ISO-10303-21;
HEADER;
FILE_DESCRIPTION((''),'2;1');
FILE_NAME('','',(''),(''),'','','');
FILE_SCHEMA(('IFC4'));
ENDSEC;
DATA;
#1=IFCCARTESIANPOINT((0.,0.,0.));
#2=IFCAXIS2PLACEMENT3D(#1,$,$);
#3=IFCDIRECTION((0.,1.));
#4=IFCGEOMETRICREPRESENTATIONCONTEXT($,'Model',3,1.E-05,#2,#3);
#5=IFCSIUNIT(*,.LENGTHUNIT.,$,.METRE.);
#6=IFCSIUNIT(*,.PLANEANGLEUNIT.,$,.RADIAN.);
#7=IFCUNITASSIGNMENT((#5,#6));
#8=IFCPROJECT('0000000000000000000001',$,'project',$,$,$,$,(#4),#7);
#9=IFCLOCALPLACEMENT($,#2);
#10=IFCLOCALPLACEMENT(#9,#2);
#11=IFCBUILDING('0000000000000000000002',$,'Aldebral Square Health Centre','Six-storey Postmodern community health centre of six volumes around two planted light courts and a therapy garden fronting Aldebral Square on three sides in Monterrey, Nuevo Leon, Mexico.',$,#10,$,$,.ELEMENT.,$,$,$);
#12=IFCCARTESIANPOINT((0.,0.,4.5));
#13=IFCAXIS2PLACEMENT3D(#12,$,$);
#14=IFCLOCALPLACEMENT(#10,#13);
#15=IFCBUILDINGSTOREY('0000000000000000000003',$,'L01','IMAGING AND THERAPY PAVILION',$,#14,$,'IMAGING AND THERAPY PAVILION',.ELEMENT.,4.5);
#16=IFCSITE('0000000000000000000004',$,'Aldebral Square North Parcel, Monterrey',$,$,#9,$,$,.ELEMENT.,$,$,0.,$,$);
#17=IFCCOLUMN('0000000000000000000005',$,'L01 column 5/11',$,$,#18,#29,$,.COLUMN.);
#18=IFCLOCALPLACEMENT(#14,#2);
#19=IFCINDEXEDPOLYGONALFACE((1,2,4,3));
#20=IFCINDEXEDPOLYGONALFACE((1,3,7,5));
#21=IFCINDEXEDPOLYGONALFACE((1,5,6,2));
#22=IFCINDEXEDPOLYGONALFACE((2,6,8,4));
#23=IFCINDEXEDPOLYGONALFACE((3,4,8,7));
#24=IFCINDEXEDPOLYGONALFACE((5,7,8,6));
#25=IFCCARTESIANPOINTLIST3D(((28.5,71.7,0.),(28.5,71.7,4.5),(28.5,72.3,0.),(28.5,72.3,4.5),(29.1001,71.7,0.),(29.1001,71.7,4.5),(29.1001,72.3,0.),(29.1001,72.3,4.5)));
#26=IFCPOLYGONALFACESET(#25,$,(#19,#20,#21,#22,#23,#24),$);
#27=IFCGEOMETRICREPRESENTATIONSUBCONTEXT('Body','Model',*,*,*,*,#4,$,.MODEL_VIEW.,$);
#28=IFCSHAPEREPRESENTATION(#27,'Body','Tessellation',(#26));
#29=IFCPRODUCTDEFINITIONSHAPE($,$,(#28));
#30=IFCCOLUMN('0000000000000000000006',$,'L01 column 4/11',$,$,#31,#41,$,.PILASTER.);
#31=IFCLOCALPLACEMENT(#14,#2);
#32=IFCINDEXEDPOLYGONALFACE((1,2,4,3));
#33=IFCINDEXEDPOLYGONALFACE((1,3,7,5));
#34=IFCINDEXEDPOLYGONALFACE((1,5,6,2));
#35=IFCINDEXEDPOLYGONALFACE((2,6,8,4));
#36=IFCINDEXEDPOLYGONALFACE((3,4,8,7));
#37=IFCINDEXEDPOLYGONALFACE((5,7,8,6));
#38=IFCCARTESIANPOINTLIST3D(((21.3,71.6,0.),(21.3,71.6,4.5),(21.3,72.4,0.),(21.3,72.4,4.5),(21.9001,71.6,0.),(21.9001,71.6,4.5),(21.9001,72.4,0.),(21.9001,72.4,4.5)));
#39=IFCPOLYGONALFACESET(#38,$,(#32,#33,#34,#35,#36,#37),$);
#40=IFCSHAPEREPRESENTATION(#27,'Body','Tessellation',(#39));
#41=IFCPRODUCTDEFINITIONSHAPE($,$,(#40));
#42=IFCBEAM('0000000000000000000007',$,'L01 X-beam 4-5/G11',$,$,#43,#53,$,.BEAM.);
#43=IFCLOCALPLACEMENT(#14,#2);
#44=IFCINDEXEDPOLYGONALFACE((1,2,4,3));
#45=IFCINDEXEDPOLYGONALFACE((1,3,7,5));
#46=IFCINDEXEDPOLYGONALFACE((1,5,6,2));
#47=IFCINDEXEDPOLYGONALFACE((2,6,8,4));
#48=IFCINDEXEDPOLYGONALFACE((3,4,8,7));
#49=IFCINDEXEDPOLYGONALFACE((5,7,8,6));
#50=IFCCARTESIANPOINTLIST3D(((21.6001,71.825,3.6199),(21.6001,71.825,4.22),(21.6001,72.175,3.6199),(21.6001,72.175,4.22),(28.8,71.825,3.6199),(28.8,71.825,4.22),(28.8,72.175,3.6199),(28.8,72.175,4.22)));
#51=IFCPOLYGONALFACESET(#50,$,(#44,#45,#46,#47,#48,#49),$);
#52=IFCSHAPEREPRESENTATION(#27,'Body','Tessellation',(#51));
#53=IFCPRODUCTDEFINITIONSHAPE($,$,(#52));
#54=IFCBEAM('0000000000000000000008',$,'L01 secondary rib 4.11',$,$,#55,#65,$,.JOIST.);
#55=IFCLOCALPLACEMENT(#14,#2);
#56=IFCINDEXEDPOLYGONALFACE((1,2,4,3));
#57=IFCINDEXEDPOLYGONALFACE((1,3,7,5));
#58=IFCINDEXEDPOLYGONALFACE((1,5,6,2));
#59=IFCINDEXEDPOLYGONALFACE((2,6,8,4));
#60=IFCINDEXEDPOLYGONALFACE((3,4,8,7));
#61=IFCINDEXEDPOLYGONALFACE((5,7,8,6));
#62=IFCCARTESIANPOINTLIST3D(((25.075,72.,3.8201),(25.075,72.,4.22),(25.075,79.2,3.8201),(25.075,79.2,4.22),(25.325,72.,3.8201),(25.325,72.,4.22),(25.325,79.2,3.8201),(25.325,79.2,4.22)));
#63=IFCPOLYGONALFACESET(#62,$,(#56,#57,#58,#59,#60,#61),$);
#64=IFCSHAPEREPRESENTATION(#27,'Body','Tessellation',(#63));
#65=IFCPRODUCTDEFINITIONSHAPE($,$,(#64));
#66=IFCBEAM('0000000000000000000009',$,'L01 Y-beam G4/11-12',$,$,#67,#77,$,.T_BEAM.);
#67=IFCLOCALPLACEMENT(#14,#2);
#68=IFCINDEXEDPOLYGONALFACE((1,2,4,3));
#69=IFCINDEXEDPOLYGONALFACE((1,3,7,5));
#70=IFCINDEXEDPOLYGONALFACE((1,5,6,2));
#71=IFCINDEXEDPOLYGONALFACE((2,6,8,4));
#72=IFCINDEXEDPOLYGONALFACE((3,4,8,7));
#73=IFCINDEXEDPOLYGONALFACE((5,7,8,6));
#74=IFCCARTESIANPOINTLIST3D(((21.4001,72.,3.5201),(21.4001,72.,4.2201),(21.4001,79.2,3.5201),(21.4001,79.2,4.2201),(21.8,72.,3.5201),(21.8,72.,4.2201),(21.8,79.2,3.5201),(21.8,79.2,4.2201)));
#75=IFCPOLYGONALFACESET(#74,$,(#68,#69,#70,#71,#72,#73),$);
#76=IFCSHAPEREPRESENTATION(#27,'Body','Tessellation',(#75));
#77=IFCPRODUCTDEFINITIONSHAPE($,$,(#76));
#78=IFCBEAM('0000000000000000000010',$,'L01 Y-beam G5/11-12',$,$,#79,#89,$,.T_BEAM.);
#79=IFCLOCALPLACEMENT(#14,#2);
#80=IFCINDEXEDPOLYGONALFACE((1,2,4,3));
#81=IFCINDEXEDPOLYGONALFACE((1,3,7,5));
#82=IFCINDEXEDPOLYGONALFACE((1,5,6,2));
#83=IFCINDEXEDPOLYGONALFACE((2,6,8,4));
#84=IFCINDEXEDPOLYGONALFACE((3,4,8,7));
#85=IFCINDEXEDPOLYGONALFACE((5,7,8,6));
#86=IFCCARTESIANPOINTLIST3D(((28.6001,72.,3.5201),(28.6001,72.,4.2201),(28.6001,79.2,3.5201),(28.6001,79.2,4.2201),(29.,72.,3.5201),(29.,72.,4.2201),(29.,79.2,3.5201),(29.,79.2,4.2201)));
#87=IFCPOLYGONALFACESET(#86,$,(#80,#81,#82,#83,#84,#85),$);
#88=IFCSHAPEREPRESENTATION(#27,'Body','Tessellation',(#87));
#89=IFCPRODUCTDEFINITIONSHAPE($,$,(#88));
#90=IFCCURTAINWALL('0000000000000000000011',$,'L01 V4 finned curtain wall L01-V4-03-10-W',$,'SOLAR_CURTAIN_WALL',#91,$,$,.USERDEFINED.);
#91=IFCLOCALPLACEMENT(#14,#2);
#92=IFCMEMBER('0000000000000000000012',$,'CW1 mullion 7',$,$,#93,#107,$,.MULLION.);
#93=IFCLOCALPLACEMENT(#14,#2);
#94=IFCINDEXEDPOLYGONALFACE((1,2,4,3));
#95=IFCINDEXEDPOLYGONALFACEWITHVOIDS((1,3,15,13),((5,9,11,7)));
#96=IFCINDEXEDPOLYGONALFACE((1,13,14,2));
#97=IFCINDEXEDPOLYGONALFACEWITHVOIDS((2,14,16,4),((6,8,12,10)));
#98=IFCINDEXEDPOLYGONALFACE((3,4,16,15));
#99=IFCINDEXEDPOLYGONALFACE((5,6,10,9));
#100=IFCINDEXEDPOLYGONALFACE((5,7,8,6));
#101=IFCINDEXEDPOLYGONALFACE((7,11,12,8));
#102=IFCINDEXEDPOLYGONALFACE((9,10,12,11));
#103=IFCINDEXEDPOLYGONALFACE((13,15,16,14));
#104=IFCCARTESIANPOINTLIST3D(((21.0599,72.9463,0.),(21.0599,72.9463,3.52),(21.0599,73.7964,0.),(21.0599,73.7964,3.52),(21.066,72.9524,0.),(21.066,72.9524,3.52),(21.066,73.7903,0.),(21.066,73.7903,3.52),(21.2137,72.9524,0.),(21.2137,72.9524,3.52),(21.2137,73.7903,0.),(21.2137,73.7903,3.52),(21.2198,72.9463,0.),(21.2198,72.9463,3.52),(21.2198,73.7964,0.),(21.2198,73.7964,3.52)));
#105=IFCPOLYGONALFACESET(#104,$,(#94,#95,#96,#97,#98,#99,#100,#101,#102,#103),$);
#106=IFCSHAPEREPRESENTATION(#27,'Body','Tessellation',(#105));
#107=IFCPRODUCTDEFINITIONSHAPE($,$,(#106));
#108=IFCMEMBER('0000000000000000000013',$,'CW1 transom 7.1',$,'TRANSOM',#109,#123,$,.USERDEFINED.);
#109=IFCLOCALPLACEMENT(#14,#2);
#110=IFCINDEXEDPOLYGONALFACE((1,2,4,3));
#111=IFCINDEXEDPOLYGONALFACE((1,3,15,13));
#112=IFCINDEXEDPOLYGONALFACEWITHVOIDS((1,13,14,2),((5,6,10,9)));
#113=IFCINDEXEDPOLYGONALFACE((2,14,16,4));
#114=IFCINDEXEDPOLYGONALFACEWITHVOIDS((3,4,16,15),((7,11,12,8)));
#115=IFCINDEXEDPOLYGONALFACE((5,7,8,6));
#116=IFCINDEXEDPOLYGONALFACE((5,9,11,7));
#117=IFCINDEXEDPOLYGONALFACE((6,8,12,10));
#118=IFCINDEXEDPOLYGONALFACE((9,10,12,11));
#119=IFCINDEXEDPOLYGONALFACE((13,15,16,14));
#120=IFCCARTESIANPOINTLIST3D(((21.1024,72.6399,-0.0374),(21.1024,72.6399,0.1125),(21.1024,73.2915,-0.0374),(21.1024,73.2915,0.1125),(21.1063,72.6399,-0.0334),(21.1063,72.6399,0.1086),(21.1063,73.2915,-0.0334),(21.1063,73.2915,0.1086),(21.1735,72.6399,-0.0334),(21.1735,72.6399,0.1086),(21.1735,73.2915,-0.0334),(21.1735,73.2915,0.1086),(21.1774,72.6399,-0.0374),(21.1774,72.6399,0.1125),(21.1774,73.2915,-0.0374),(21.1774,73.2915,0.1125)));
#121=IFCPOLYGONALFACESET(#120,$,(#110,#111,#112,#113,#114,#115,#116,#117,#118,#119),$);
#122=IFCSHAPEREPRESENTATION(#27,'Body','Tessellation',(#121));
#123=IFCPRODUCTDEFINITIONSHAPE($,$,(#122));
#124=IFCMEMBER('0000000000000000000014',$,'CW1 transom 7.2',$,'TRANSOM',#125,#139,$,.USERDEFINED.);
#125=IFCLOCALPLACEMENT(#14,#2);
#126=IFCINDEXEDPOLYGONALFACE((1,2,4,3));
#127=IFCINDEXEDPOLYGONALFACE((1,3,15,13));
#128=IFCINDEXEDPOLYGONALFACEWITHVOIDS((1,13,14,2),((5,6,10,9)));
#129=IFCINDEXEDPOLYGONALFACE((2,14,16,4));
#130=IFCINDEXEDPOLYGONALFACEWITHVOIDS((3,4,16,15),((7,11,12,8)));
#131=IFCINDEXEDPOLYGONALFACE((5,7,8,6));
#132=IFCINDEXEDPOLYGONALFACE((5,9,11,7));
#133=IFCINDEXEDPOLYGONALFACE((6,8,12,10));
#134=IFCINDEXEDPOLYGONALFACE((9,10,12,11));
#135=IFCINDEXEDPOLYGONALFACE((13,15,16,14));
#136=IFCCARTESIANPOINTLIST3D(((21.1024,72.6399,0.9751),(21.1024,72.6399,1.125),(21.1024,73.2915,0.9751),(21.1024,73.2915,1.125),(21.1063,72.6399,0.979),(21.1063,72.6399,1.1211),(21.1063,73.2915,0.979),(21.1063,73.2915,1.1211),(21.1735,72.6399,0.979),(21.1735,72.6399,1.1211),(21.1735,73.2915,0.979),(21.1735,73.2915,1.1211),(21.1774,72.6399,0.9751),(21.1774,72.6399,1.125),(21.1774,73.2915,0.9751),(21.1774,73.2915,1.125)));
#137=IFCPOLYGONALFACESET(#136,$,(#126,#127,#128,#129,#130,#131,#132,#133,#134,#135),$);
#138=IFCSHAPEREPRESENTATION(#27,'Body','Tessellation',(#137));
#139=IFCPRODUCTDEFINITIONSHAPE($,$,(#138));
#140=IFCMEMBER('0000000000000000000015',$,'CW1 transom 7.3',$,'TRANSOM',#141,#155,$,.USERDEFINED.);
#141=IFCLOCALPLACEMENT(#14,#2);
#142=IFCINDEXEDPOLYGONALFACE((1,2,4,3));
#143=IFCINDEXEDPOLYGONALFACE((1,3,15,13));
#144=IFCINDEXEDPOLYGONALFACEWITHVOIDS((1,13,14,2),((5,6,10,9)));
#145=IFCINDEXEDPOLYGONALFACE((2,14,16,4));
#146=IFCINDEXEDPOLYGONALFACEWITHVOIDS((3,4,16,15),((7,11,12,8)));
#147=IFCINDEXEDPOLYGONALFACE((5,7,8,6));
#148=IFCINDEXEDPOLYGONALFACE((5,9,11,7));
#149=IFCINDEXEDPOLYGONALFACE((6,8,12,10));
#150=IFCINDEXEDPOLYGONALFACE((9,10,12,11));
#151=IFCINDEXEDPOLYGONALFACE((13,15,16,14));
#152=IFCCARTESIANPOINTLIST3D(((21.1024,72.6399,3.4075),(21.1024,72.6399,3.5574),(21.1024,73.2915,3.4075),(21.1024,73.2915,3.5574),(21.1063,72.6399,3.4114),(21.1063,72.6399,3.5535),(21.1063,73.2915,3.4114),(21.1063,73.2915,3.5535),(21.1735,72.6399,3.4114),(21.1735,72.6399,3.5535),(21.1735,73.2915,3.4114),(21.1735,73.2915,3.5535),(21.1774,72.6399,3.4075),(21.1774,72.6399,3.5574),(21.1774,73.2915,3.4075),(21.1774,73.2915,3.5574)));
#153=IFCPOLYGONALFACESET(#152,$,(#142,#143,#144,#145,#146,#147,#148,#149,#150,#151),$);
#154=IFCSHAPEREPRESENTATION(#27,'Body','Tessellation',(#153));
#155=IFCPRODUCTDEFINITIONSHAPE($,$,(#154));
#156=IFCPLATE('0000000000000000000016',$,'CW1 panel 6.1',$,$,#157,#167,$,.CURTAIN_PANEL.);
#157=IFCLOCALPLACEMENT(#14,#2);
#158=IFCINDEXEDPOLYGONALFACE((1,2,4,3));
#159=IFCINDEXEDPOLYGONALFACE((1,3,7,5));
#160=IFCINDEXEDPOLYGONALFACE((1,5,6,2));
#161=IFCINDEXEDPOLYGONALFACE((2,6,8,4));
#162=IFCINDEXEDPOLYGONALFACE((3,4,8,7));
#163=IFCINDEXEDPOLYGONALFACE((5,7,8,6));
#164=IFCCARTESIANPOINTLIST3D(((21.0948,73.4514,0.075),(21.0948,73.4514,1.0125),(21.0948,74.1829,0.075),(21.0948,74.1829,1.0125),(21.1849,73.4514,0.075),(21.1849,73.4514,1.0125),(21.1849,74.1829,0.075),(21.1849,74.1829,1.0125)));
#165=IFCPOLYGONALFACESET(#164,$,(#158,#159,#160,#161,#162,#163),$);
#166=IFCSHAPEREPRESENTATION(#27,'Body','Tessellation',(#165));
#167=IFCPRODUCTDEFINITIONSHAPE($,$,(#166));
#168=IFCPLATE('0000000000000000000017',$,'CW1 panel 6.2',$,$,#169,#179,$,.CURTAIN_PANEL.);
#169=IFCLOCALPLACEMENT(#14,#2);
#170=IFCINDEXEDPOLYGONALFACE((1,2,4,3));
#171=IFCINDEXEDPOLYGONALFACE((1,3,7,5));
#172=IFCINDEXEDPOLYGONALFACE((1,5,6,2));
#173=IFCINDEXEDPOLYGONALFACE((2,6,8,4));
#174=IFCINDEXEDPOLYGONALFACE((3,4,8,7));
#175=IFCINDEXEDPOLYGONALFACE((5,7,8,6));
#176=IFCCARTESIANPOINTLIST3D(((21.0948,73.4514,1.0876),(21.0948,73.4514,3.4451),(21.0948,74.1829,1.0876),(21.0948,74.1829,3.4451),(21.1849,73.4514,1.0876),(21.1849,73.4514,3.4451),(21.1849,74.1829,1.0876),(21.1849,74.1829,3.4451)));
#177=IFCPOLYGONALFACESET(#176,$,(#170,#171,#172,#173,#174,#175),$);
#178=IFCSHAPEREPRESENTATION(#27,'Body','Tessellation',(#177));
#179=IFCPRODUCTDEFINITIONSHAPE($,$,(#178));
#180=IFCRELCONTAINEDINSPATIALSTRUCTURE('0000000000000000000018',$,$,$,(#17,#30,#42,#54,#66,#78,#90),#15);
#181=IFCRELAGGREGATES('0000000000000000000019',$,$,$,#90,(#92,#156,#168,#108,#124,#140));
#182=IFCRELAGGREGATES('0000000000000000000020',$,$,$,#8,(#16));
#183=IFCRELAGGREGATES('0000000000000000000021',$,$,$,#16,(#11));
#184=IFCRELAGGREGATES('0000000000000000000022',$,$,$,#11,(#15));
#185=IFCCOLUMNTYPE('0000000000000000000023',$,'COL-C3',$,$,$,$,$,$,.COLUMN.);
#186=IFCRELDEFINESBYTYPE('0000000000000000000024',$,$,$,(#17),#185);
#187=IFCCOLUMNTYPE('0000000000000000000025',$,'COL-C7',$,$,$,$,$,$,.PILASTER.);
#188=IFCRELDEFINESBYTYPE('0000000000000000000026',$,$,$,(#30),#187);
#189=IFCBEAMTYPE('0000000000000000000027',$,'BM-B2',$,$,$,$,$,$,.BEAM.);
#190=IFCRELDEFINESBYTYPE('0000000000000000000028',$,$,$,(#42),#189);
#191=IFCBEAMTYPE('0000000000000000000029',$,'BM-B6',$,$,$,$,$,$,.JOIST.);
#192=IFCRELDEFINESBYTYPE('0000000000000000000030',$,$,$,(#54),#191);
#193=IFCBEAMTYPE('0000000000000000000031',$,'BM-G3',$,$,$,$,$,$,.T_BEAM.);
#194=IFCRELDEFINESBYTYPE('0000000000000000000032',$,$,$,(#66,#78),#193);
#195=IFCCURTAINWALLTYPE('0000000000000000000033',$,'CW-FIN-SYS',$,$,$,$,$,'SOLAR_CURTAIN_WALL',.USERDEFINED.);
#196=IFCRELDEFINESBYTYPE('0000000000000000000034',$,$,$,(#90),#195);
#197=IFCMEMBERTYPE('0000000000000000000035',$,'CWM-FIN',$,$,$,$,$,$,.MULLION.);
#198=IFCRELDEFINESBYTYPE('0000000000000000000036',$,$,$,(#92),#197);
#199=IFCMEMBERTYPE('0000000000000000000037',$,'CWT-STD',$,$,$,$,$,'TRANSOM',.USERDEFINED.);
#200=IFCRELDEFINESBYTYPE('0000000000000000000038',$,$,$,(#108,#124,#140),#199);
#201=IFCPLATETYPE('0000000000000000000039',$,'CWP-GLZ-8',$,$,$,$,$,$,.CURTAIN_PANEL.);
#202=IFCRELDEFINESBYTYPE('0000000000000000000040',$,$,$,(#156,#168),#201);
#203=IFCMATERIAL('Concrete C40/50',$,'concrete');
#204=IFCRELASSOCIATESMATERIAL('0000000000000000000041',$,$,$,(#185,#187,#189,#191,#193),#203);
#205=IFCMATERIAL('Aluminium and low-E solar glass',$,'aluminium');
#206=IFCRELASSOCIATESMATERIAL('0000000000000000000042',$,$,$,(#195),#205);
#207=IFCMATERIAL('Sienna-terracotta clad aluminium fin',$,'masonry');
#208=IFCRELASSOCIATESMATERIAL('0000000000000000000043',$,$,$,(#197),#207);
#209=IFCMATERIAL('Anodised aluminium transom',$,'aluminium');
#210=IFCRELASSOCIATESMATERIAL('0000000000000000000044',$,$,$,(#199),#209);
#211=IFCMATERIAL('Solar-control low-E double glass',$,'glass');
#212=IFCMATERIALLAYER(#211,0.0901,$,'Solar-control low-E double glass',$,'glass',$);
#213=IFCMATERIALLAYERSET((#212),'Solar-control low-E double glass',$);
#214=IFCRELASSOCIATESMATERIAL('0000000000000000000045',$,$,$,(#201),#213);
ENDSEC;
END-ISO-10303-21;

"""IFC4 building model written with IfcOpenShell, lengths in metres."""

from ifc_helpers import new_model, si_unit, direction, frame, origin, origin_2d, place, context, subcontext, project, spatial, rectangle, hollow_rectangle, extrude, material, layer, layer_set, material_profile, profile_set, type_object, element, aggregate, save


model = new_model("IFC4")

# Units and contexts
model_context = context("Model", 3, precision=1e-05, world=origin(), true_north=direction((0.0, 1.0)))
body_context = subcontext(model_context, "Body", "Model", "MODEL_VIEW")
ifc_project = project(units=[si_unit("LENGTHUNIT", "METRE"), si_unit("PLANEANGLEUNIT", "RADIAN")], contexts=[model_context])

# Site, building, storey
site_placement = place(None, origin())
site = spatial("IfcSite", under=ifc_project, at=site_placement, Name="Aldebral Square North Parcel, Monterrey", CompositionType="ELEMENT", RefElevation=0.0)
building_placement = place(site_placement, origin())
building = spatial("IfcBuilding", under=site, at=building_placement, Name="Aldebral Square Health Centre", Description="Six-storey Postmodern community health centre of six volumes around two planted light courts and a therapy garden fronting Aldebral Square on three sides in Monterrey, Nuevo Leon, Mexico.", CompositionType="ELEMENT")
storey_placement = place(building_placement, frame((0.0, 0.0, 4.5)))
storey = spatial("IfcBuildingStorey", under=building, at=storey_placement, Name="L01", Description="IMAGING AND THERAPY PAVILION", LongName="IMAGING AND THERAPY PAVILION", CompositionType="ELEMENT", Elevation=4.5)

# Columns
ifc_material_1 = material(Name="Concrete C40/50", Category="concrete")
ifc_material_profile_1 = material_profile(ifc_material_1, rectangle(XDim=0.6001, YDim=0.6001, at=origin_2d()), Name="RC 600x600")
ifc_profile_set_1 = profile_set([ifc_material_profile_1], Name="Concrete C40/50")
column_type_1 = type_object("IfcColumnType", Name="COL-C3", PredefinedType="COLUMN", material=ifc_profile_set_1)
column_1_placement = place(storey_placement, frame((28.8, 72.0, 0.0), z_axis=(0.0, 0.0, 1.0), x_axis=(1.0, 0.0, 0.0)))
element("IfcColumn", 1, at=column_1_placement, inside=storey, type_object=column_type_1, Name="L01 column 5/11", PredefinedType="COLUMN", context=body_context, shape_type="SweptSolid", body=[
    extrude(rectangle(XDim=0.6001, YDim=0.6001, at=origin_2d()), origin(), (0.0, 0.0, 1.0), 4.5),
])
ifc_material_profile_2 = material_profile(ifc_material_1, rectangle(XDim=0.6001, YDim=0.8, at=origin_2d()), Name="RC 600x800")
ifc_profile_set_2 = profile_set([ifc_material_profile_2], Name="Concrete C40/50")
column_type_2 = type_object("IfcColumnType", Name="COL-C7", PredefinedType="PILASTER", material=ifc_profile_set_2)
column_2_placement = place(storey_placement, frame((21.6001, 72.0, 0.0), z_axis=(0.0, 0.0, 1.0), x_axis=(1.0, 0.0, 0.0)))
element("IfcColumn", 2, at=column_2_placement, inside=storey, type_object=column_type_2, Name="L01 column 4/11", PredefinedType="PILASTER", context=body_context, shape_type="SweptSolid", body=[
    extrude(rectangle(XDim=0.6001, YDim=0.8, at=origin_2d()), origin(), (0.0, 0.0, 1.0), 4.5),
])

# Beams
ifc_material_profile_3 = material_profile(ifc_material_1, rectangle(XDim=0.3501, YDim=0.6001, at=origin_2d()), Name="RC 350x600")
ifc_profile_set_3 = profile_set([ifc_material_profile_3], Name="Concrete C40/50")
beam_type_1 = type_object("IfcBeamType", Name="BM-B2", PredefinedType="BEAM", material=ifc_profile_set_3)
beam_1_placement = place(storey_placement, frame((21.6001, 72.0, 3.9199), z_axis=(1.0, 0.0, 0.0), x_axis=(0.0, 1.0, 0.0)))
element("IfcBeam", 3, at=beam_1_placement, inside=storey, type_object=beam_type_1, Name="L01 X-beam 4-5/G11", PredefinedType="BEAM", context=body_context, shape_type="SweptSolid", body=[
    extrude(rectangle(XDim=0.3501, YDim=0.6001, at=origin_2d()), origin(), (0.0, 0.0, 1.0), 7.2),
])
ifc_material_profile_4 = material_profile(ifc_material_1, rectangle(XDim=0.25, YDim=0.3999, at=origin_2d()), Name="RC 250x400")
ifc_profile_set_4 = profile_set([ifc_material_profile_4], Name="Concrete C40/50")
beam_type_2 = type_object("IfcBeamType", Name="BM-B6", PredefinedType="JOIST", material=ifc_profile_set_4)
beam_2_placement = place(storey_placement, frame((25.2, 72.0, 4.02), z_axis=(0.0, 1.0, 0.0), x_axis=(-1.0, 0.0, 0.0)))
element("IfcBeam", 4, at=beam_2_placement, inside=storey, type_object=beam_type_2, Name="L01 secondary rib 4.11", PredefinedType="JOIST", context=body_context, shape_type="SweptSolid", body=[
    extrude(rectangle(XDim=0.25, YDim=0.3999, at=origin_2d()), origin(), (0.0, 0.0, 1.0), 7.2),
])
ifc_material_profile_5 = material_profile(ifc_material_1, rectangle(XDim=0.3999, YDim=0.7, at=origin_2d()), Name="RC 400x700")
ifc_profile_set_5 = profile_set([ifc_material_profile_5], Name="Concrete C40/50")
beam_type_3 = type_object("IfcBeamType", Name="BM-G3", PredefinedType="T_BEAM", material=ifc_profile_set_5)
for number, where, z_axis, x_axis, name in (
    (5, (21.6001, 72.0, 3.8701), (0.0, 1.0, 0.0), (-1.0, 0.0, 0.0), "L01 Y-beam G4/11-12"),
    (6, (28.8, 72.0, 3.8701), (0.0, 1.0, 0.0), (-1.0, 0.0, 0.0), "L01 Y-beam G5/11-12"),
):
    element("IfcBeam", number, at=place(storey_placement, frame(where, z_axis=z_axis, x_axis=x_axis)), inside=storey, type_object=beam_type_3, Name=name, PredefinedType="T_BEAM", context=body_context, shape_type="SweptSolid", body=[
        extrude(rectangle(XDim=0.3999, YDim=0.7, at=origin_2d()), origin(), (0.0, 0.0, 1.0), 7.2),
    ])

# Curtain wall, members, plates
ifc_material_2 = material(Name="Aluminium and low-E solar glass", Category="aluminium")
curtain_wall_type = type_object("IfcCurtainWallType", Name="CW-FIN-SYS", ElementType="SOLAR_CURTAIN_WALL", PredefinedType="USERDEFINED", material=ifc_material_2)
curtain_wall_placement = place(storey_placement, origin())
curtain_wall = element("IfcCurtainWall", 7, at=curtain_wall_placement, inside=storey, type_object=curtain_wall_type, Name="L01 V4 finned curtain wall L01-V4-03-10-W", ObjectType="SOLAR_CURTAIN_WALL", PredefinedType="USERDEFINED")
ifc_material_3 = material(Name="Sienna-terracotta clad aluminium fin", Category="masonry")
ifc_material_profile_6 = material_profile(ifc_material_3, hollow_rectangle(XDim=0.1599, YDim=0.8501, WallThickness=0.0061, at=origin_2d()), Name="FIN 160x850x6")
ifc_profile_set_6 = profile_set([ifc_material_profile_6], Name="Sienna-terracotta clad aluminium fin")
member_type_1 = type_object("IfcMemberType", Name="CWM-FIN", PredefinedType="MULLION", material=ifc_profile_set_6)
member_1_placement = place(storey_placement, frame((21.1399, 73.3713, 0.0), z_axis=(0.0, 0.0, 1.0), x_axis=(1.0, 0.0, 0.0)))
member_1 = element("IfcMember", 8, at=member_1_placement, type_object=member_type_1, Name="CW1 mullion 7", PredefinedType="MULLION", context=body_context, shape_type="SweptSolid", body=[
    extrude(hollow_rectangle(XDim=0.1599, YDim=0.8501, WallThickness=0.0061, at=origin_2d()), origin(), (0.0, 0.0, 1.0), 3.52),
])
ifc_material_4 = material(Name="Anodised aluminium transom", Category="aluminium")
ifc_material_profile_7 = material_profile(ifc_material_4, hollow_rectangle(XDim=0.075, YDim=0.1499, WallThickness=0.0039, at=origin_2d()), Name="CWT 75x150x4")
ifc_profile_set_7 = profile_set([ifc_material_profile_7], Name="Anodised aluminium transom")
member_type_2 = type_object("IfcMemberType", Name="CWT-STD", ElementType="TRANSOM", PredefinedType="USERDEFINED", material=ifc_profile_set_7)
member_2_placement = place(storey_placement, frame((21.1399, 73.2915, 0.0376), z_axis=(0.0, -1.0, 0.0), x_axis=(1.0, 0.0, 0.0)))
member_2 = element("IfcMember", 9, at=member_2_placement, type_object=member_type_2, Name="CW1 transom 7.1", ObjectType="TRANSOM", PredefinedType="USERDEFINED", context=body_context, shape_type="SweptSolid", body=[
    extrude(hollow_rectangle(XDim=0.075, YDim=0.1499, WallThickness=0.0039, at=origin_2d()), origin(), (0.0, 0.0, 1.0), 0.6516),
])
member_3_placement = place(storey_placement, frame((21.1399, 73.2915, 1.05), z_axis=(0.0, -1.0, 0.0), x_axis=(1.0, 0.0, 0.0)))
member_3 = element("IfcMember", 10, at=member_3_placement, type_object=member_type_2, Name="CW1 transom 7.2", ObjectType="TRANSOM", PredefinedType="USERDEFINED", context=body_context, shape_type="SweptSolid", body=[
    extrude(hollow_rectangle(XDim=0.075, YDim=0.1499, WallThickness=0.0039, at=origin_2d()), origin(), (0.0, 0.0, 1.0), 0.6516),
])
member_4_placement = place(storey_placement, frame((21.1399, 73.2915, 3.4824), z_axis=(0.0, -1.0, 0.0), x_axis=(1.0, 0.0, 0.0)))
member_4 = element("IfcMember", 11, at=member_4_placement, type_object=member_type_2, Name="CW1 transom 7.3", ObjectType="TRANSOM", PredefinedType="USERDEFINED", context=body_context, shape_type="SweptSolid", body=[
    extrude(hollow_rectangle(XDim=0.075, YDim=0.1499, WallThickness=0.0039, at=origin_2d()), origin(), (0.0, 0.0, 1.0), 0.6516),
])
ifc_material_5 = material(Name="Solar-control low-E double glass", Category="glass")
ifc_layer_1 = layer(ifc_material_5, 0.0901, Name="Solar-control low-E double glass", Category="glass")
ifc_layer_set_1 = layer_set([ifc_layer_1], Name="Solar-control low-E double glass")
plate_type = type_object("IfcPlateType", Name="CWP-GLZ-8", PredefinedType="CURTAIN_PANEL", material=ifc_layer_set_1)
plate_1_placement = place(storey_placement, frame((21.1399, 73.8171, 0.075), z_axis=(0.0, 0.0, 1.0), x_axis=(0.0, -1.0, 0.0)))
plate_1 = element("IfcPlate", 12, at=plate_1_placement, type_object=plate_type, Name="CW1 panel 6.1", PredefinedType="CURTAIN_PANEL", context=body_context, shape_type="SweptSolid", body=[
    extrude(rectangle(XDim=0.7314, YDim=0.0901, at=origin_2d()), origin(), (0.0, 0.0, 1.0), 0.9375),
])
plate_2_placement = place(storey_placement, frame((21.1399, 73.8171, 1.0876), z_axis=(0.0, 0.0, 1.0), x_axis=(0.0, -1.0, 0.0)))
plate_2 = element("IfcPlate", 13, at=plate_2_placement, type_object=plate_type, Name="CW1 panel 6.2", PredefinedType="CURTAIN_PANEL", context=body_context, shape_type="SweptSolid", body=[
    extrude(rectangle(XDim=0.7314, YDim=0.0901, at=origin_2d()), origin(), (0.0, 0.0, 1.0), 2.3574),
])
aggregate(curtain_wall, [member_1, plate_1, plate_2, member_2, member_3, member_4])

save(model, "model.ifc")
